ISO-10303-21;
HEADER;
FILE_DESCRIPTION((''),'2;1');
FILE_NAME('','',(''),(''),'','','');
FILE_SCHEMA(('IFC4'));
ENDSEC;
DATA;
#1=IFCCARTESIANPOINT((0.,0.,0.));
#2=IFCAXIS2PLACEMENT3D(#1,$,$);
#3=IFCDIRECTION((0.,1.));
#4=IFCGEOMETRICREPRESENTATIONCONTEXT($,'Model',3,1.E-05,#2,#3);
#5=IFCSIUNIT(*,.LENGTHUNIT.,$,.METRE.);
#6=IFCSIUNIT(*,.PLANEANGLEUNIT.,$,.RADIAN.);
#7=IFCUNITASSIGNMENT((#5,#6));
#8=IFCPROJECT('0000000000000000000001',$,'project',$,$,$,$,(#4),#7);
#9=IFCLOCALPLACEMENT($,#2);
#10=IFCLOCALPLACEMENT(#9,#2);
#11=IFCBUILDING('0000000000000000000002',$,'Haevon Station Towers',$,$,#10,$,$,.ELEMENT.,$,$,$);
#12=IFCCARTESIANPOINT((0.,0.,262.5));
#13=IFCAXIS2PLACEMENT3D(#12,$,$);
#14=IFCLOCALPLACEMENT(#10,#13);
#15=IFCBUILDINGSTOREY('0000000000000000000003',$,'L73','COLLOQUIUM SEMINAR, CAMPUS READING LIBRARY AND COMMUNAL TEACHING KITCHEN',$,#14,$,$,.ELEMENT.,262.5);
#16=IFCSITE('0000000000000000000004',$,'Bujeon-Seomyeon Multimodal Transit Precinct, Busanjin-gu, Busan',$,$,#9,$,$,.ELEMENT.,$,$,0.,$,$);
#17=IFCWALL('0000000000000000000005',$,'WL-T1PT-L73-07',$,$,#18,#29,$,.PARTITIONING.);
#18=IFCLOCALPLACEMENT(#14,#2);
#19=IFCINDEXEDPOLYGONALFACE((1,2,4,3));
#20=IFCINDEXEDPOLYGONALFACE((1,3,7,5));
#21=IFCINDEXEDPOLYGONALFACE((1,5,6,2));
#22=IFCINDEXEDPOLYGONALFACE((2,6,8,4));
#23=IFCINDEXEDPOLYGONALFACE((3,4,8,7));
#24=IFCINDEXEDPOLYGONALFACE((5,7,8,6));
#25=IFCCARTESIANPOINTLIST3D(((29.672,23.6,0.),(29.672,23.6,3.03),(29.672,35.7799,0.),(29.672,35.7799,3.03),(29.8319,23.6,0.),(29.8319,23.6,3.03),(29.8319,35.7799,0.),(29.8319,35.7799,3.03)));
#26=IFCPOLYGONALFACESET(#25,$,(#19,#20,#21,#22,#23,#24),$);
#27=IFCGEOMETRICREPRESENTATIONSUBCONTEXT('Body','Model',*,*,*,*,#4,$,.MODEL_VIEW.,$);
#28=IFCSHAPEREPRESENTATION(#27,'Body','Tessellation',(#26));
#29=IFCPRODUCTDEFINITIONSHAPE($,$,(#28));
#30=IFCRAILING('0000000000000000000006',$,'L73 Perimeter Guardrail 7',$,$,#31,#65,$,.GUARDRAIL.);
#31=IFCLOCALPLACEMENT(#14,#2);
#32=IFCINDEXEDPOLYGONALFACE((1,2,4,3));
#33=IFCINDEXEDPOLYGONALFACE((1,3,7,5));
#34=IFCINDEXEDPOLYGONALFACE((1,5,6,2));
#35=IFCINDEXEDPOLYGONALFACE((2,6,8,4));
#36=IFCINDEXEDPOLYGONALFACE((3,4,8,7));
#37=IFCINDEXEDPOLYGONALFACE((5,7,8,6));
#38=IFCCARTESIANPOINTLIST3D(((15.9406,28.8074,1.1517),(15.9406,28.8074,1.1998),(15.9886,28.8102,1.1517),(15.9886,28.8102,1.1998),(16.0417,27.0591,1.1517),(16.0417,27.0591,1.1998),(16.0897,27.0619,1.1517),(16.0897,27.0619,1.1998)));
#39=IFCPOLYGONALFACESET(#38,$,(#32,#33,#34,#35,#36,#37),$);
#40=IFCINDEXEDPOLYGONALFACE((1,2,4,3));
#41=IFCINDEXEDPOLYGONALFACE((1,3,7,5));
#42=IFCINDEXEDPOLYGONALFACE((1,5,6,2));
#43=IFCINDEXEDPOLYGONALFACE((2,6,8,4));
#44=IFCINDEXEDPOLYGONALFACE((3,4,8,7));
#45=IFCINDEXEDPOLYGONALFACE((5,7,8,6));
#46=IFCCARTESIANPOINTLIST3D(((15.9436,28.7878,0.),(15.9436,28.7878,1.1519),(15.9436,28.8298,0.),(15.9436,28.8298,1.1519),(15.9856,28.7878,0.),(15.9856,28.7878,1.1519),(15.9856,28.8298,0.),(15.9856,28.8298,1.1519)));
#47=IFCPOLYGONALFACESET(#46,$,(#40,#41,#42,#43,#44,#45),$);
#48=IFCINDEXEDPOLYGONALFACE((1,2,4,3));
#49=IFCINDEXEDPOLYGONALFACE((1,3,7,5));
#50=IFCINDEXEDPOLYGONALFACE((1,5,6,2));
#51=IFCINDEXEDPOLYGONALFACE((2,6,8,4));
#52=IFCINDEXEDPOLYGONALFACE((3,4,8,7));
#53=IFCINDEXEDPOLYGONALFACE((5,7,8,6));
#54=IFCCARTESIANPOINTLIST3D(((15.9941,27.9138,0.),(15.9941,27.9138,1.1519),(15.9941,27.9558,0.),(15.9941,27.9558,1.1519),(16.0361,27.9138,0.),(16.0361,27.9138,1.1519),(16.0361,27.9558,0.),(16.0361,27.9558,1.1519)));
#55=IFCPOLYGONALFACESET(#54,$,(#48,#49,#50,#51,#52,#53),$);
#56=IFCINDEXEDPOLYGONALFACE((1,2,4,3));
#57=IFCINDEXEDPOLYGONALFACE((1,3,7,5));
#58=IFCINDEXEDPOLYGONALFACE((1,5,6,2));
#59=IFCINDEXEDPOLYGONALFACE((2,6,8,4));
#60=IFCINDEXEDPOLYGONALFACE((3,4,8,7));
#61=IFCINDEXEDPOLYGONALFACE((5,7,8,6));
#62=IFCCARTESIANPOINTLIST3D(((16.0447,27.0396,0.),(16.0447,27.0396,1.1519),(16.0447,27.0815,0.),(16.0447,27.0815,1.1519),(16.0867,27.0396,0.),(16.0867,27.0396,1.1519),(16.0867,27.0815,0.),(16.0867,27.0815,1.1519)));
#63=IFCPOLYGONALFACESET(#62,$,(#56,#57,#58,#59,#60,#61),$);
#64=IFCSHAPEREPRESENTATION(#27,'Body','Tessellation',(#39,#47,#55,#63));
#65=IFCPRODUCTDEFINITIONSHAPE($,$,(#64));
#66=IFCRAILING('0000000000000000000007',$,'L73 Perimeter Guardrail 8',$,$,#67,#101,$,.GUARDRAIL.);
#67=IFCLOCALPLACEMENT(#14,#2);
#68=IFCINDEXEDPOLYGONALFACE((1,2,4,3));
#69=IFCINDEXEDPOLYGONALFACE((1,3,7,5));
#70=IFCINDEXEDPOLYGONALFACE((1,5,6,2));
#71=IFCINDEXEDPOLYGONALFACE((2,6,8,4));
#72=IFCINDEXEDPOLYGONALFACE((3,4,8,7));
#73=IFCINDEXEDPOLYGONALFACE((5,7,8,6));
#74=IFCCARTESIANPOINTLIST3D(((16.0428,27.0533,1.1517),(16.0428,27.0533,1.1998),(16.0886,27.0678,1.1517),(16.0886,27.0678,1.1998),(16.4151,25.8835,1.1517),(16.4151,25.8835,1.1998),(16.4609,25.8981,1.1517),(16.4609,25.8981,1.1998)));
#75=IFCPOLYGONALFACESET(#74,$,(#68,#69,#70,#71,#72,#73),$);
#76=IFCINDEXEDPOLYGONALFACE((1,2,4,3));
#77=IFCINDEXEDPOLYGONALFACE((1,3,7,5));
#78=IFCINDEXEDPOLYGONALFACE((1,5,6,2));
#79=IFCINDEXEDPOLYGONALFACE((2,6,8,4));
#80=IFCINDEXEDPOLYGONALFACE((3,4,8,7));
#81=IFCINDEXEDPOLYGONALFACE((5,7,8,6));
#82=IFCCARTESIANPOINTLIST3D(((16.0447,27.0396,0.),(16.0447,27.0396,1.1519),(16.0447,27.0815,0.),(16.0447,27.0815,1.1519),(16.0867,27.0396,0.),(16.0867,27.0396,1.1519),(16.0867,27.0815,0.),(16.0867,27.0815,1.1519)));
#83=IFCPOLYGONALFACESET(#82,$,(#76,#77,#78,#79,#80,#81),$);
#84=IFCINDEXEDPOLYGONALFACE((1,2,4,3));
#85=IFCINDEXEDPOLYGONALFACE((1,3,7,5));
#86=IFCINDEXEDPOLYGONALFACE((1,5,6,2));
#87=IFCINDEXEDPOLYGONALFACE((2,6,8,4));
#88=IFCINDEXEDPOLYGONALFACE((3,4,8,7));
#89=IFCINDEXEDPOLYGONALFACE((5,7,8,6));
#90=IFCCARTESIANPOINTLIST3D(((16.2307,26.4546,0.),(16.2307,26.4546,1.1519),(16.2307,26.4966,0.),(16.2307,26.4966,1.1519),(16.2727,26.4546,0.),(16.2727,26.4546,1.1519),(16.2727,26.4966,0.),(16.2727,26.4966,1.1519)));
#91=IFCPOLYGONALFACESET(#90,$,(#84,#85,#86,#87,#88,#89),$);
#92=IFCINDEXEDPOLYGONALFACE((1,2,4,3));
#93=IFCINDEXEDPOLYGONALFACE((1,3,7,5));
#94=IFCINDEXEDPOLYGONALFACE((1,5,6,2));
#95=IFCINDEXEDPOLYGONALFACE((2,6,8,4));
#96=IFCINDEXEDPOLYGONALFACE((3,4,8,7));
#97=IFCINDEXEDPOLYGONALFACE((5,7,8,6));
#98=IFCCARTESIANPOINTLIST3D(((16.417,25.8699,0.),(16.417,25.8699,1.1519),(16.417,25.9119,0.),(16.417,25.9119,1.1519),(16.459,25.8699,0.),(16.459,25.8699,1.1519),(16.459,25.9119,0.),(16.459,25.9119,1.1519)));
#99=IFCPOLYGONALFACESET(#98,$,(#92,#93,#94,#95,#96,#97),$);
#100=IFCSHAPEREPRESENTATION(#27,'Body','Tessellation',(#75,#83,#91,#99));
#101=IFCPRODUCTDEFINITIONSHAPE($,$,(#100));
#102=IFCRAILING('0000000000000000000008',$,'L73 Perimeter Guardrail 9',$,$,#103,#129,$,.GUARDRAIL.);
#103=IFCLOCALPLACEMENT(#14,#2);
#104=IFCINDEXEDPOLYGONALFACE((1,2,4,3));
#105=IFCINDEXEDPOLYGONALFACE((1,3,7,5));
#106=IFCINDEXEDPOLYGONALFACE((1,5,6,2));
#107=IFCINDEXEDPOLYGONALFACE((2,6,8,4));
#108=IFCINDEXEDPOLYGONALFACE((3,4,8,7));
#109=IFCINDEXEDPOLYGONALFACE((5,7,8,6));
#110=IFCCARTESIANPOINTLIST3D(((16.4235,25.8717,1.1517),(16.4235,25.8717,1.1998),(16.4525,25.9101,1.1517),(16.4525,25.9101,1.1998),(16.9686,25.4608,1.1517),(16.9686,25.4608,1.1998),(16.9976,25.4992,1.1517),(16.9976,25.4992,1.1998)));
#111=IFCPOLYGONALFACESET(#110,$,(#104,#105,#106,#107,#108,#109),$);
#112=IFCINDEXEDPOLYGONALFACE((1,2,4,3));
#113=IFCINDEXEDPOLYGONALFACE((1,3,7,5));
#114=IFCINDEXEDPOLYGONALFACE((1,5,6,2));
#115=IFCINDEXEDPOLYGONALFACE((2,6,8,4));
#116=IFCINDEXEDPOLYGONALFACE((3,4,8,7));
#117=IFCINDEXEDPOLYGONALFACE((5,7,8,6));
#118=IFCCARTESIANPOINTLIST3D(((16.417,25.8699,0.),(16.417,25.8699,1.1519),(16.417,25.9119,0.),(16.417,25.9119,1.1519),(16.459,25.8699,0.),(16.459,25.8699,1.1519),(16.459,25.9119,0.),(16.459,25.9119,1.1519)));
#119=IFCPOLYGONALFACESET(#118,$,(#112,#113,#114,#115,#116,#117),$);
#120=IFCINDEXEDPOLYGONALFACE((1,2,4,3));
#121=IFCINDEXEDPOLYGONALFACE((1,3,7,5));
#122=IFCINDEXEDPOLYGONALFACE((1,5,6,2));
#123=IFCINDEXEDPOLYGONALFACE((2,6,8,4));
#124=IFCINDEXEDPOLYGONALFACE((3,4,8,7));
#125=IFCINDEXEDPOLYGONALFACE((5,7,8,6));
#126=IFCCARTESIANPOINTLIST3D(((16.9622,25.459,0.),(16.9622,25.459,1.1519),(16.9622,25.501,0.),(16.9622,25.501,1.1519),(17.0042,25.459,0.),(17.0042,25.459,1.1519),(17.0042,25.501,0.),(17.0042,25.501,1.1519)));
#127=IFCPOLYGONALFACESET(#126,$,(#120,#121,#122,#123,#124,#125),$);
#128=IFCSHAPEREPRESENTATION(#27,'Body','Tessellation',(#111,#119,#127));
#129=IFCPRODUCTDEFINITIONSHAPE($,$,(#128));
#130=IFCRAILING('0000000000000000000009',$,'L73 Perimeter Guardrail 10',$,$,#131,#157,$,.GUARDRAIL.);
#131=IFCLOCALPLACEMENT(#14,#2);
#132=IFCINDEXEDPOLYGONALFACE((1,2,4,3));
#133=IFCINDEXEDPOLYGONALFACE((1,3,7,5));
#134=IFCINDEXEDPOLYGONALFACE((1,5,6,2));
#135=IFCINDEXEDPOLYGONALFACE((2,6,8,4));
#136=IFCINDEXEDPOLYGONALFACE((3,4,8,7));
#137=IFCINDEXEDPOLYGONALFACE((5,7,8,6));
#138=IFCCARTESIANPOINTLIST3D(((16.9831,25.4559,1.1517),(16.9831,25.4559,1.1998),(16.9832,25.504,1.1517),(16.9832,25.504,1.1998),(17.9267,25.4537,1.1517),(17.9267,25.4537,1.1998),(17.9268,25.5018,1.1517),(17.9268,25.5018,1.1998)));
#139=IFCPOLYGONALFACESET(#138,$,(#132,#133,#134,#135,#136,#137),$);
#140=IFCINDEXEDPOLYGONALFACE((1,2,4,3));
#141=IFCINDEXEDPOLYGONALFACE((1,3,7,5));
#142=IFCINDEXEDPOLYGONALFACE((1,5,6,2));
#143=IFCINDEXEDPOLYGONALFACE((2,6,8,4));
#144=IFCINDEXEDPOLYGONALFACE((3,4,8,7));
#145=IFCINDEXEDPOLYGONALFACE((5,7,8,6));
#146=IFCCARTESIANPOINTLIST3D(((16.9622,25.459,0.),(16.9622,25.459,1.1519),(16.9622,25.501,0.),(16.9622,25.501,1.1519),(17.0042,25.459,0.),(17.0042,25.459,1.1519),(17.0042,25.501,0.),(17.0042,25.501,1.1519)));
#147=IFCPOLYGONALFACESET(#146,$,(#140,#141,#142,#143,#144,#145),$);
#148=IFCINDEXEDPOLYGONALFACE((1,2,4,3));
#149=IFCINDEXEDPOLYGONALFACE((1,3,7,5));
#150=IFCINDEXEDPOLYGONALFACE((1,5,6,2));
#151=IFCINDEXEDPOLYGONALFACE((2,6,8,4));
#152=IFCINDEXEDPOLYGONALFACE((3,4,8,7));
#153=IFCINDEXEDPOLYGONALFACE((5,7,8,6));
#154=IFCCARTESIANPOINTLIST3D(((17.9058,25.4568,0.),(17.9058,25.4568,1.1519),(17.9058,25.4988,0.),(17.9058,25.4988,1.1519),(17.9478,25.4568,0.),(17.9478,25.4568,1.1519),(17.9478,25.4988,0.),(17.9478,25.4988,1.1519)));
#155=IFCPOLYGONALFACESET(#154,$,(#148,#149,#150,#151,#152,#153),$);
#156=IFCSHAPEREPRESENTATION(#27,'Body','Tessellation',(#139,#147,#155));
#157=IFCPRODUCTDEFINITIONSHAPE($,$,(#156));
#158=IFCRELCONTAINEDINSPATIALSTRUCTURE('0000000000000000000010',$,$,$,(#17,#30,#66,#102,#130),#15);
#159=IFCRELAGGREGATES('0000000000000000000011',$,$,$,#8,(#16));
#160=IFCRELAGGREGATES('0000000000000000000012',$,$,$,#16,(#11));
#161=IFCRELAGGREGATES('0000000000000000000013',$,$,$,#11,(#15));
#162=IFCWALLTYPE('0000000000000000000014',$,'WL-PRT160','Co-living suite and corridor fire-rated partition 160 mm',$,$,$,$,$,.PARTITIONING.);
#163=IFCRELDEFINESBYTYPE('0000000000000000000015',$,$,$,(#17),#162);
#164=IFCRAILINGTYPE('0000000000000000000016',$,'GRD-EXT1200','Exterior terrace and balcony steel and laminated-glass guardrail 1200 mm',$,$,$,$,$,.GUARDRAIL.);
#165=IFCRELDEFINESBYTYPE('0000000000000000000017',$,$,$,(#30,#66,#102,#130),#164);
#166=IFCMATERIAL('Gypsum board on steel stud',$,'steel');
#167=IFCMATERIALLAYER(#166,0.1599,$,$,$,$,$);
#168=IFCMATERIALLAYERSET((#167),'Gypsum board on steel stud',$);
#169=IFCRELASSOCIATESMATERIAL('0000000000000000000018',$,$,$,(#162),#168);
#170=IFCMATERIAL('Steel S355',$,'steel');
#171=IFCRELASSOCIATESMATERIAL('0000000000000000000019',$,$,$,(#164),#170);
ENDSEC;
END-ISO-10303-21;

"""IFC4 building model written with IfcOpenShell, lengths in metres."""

from ifc_helpers import new_model, si_unit, direction, frame, frame_2d, origin, origin_2d, place, context, subcontext, project, spatial, rectangle, extrude, material, layer, layer_set, type_object, element, save


model = new_model("IFC4")

# Units and contexts
model_context = context("Model", 3, precision=1e-05, world=origin(), true_north=direction((0.0, 1.0)))
body_context = subcontext(model_context, "Body", "Model", "MODEL_VIEW")
ifc_project = project(units=[si_unit("LENGTHUNIT", "METRE"), si_unit("PLANEANGLEUNIT", "RADIAN")], contexts=[model_context])

# Site, building, storey
site_placement = place(None, origin())
site = spatial("IfcSite", under=ifc_project, at=site_placement, Name="Bujeon-Seomyeon Multimodal Transit Precinct, Busanjin-gu, Busan", CompositionType="ELEMENT", RefElevation=0.0)
building_placement = place(site_placement, origin())
building = spatial("IfcBuilding", under=site, at=building_placement, Name="Haevon Station Towers", CompositionType="ELEMENT")
storey_placement = place(building_placement, frame((0.0, 0.0, 262.5)))
storey = spatial("IfcBuildingStorey", under=building, at=storey_placement, Name="L73", Description="COLLOQUIUM SEMINAR, CAMPUS READING LIBRARY AND COMMUNAL TEACHING KITCHEN", CompositionType="ELEMENT", Elevation=262.5)

# Shared definitions
ifc_material_1 = material(Name="Steel S355", Category="steel")

# Shared definitions
ifc_material_2 = material(Name="Gypsum board on steel stud", Category="steel")

# Wall
ifc_layer_1 = layer(ifc_material_2, 0.1599)
ifc_layer_set_1 = layer_set([ifc_layer_1], Name="Gypsum board on steel stud")
wall_type_1 = type_object("IfcWallType", Name="WL-PRT160", Description="Co-living suite and corridor fire-rated partition 160 mm", PredefinedType="PARTITIONING", material=ifc_layer_set_1)
wall_1_placement = place(storey_placement, frame((29.752, 23.6001, 0.0), z_axis=(0.0, 0.0, 1.0), x_axis=(0.0, 1.0, 0.0)))
element("IfcWall", 1, at=wall_1_placement, inside=storey, type_object=wall_type_1, Name="WL-T1PT-L73-07", PredefinedType="PARTITIONING", context=body_context, shape_type="SweptSolid", body=[
    extrude(rectangle(XDim=12.1799, YDim=0.1599, at=frame_2d((6.0898, 0.0))), origin(), (0.0, 0.0, 1.0), 3.03),
])

# Railings
railing_type = type_object("IfcRailingType", Name="GRD-EXT1200", Description="Exterior terrace and balcony steel and laminated-glass guardrail 1200 mm", PredefinedType="GUARDRAIL", material=ifc_material_1)
railing_1_placement = place(storey_placement, frame((15.9646, 28.8088, 0.0)))
element("IfcRailing", 2, at=railing_1_placement, inside=storey, type_object=railing_type, Name="L73 Perimeter Guardrail 7", PredefinedType="GUARDRAIL", context=body_context, shape_type="SweptSolid", body=[
    extrude(rectangle(XDim=0.0481, YDim=0.0481, at=origin_2d()), frame((0.0, 0.0, 1.1758), z_axis=(0.057717, -0.998333, 0.0), x_axis=(0.998333, 0.057717, 0.0)), (0.0, 0.0, 1.0), 1.7512),
    extrude(rectangle(XDim=0.042, YDim=0.042, at=origin_2d()), origin(), (0.0, 0.0, 1.0), 1.1519),
    extrude(rectangle(XDim=0.042, YDim=0.042, at=origin_2d()), frame((0.0505, -0.874, 0.0)), (0.0, 0.0, 1.0), 1.1519),
    extrude(rectangle(XDim=0.042, YDim=0.042, at=origin_2d()), frame((0.1011, -1.7483, 0.0)), (0.0, 0.0, 1.0), 1.1519),
])
railing_2_placement = place(storey_placement, frame((16.0657, 27.0605, 0.0)))
element("IfcRailing", 3, at=railing_2_placement, inside=storey, type_object=railing_type, Name="L73 Perimeter Guardrail 8", PredefinedType="GUARDRAIL", context=body_context, shape_type="SweptSolid", body=[
    extrude(rectangle(XDim=0.0481, YDim=0.0481, at=origin_2d()), frame((0.0, 0.0, 1.1758), z_axis=(0.30331, -0.952892, 0.0), x_axis=(0.952892, 0.30331, 0.0)), (0.0, 0.0, 1.0), 1.2275),
    extrude(rectangle(XDim=0.042, YDim=0.042, at=origin_2d()), origin(), (0.0, 0.0, 1.0), 1.1519),
    extrude(rectangle(XDim=0.042, YDim=0.042, at=origin_2d()), frame((0.186, -0.585, 0.0)), (0.0, 0.0, 1.0), 1.1519),
    extrude(rectangle(XDim=0.042, YDim=0.042, at=origin_2d()), frame((0.3723, -1.1697, 0.0)), (0.0, 0.0, 1.0), 1.1519),
])
railing_3_placement = place(storey_placement, frame((16.438, 25.8909, 0.0)))
element("IfcRailing", 4, at=railing_3_placement, inside=storey, type_object=railing_type, Name="L73 Perimeter Guardrail 9", PredefinedType="GUARDRAIL", context=body_context, shape_type="SweptSolid", body=[
    extrude(rectangle(XDim=0.0481, YDim=0.0481, at=origin_2d()), frame((0.0, 0.0, 1.1758), z_axis=(0.798582, -0.601887, 0.0), x_axis=(0.601887, 0.798582, 0.0)), (0.0, 0.0, 1.0), 0.6826),
    extrude(rectangle(XDim=0.042, YDim=0.042, at=origin_2d()), origin(), (0.0, 0.0, 1.0), 1.1519),
    extrude(rectangle(XDim=0.042, YDim=0.042, at=origin_2d()), frame((0.5452, -0.4109, 0.0)), (0.0, 0.0, 1.0), 1.1519),
])
railing_4_placement = place(storey_placement, frame((16.9832, 25.48, 0.0)))
element("IfcRailing", 5, at=railing_4_placement, inside=storey, type_object=railing_type, Name="L73 Perimeter Guardrail 10", PredefinedType="GUARDRAIL", context=body_context, shape_type="SweptSolid", body=[
    extrude(rectangle(XDim=0.0481, YDim=0.0481, at=origin_2d()), frame((0.0, 0.0, 1.1758), z_axis=(0.999997, -0.002329, 0.0), x_axis=(0.002329, 0.999997, 0.0)), (0.0, 0.0, 1.0), 0.9436),
    extrude(rectangle(XDim=0.042, YDim=0.042, at=origin_2d()), origin(), (0.0, 0.0, 1.0), 1.1519),
    extrude(rectangle(XDim=0.042, YDim=0.042, at=origin_2d()), frame((0.9436, -0.0022, 0.0)), (0.0, 0.0, 1.0), 1.1519),
])

save(model, "model.ifc")
